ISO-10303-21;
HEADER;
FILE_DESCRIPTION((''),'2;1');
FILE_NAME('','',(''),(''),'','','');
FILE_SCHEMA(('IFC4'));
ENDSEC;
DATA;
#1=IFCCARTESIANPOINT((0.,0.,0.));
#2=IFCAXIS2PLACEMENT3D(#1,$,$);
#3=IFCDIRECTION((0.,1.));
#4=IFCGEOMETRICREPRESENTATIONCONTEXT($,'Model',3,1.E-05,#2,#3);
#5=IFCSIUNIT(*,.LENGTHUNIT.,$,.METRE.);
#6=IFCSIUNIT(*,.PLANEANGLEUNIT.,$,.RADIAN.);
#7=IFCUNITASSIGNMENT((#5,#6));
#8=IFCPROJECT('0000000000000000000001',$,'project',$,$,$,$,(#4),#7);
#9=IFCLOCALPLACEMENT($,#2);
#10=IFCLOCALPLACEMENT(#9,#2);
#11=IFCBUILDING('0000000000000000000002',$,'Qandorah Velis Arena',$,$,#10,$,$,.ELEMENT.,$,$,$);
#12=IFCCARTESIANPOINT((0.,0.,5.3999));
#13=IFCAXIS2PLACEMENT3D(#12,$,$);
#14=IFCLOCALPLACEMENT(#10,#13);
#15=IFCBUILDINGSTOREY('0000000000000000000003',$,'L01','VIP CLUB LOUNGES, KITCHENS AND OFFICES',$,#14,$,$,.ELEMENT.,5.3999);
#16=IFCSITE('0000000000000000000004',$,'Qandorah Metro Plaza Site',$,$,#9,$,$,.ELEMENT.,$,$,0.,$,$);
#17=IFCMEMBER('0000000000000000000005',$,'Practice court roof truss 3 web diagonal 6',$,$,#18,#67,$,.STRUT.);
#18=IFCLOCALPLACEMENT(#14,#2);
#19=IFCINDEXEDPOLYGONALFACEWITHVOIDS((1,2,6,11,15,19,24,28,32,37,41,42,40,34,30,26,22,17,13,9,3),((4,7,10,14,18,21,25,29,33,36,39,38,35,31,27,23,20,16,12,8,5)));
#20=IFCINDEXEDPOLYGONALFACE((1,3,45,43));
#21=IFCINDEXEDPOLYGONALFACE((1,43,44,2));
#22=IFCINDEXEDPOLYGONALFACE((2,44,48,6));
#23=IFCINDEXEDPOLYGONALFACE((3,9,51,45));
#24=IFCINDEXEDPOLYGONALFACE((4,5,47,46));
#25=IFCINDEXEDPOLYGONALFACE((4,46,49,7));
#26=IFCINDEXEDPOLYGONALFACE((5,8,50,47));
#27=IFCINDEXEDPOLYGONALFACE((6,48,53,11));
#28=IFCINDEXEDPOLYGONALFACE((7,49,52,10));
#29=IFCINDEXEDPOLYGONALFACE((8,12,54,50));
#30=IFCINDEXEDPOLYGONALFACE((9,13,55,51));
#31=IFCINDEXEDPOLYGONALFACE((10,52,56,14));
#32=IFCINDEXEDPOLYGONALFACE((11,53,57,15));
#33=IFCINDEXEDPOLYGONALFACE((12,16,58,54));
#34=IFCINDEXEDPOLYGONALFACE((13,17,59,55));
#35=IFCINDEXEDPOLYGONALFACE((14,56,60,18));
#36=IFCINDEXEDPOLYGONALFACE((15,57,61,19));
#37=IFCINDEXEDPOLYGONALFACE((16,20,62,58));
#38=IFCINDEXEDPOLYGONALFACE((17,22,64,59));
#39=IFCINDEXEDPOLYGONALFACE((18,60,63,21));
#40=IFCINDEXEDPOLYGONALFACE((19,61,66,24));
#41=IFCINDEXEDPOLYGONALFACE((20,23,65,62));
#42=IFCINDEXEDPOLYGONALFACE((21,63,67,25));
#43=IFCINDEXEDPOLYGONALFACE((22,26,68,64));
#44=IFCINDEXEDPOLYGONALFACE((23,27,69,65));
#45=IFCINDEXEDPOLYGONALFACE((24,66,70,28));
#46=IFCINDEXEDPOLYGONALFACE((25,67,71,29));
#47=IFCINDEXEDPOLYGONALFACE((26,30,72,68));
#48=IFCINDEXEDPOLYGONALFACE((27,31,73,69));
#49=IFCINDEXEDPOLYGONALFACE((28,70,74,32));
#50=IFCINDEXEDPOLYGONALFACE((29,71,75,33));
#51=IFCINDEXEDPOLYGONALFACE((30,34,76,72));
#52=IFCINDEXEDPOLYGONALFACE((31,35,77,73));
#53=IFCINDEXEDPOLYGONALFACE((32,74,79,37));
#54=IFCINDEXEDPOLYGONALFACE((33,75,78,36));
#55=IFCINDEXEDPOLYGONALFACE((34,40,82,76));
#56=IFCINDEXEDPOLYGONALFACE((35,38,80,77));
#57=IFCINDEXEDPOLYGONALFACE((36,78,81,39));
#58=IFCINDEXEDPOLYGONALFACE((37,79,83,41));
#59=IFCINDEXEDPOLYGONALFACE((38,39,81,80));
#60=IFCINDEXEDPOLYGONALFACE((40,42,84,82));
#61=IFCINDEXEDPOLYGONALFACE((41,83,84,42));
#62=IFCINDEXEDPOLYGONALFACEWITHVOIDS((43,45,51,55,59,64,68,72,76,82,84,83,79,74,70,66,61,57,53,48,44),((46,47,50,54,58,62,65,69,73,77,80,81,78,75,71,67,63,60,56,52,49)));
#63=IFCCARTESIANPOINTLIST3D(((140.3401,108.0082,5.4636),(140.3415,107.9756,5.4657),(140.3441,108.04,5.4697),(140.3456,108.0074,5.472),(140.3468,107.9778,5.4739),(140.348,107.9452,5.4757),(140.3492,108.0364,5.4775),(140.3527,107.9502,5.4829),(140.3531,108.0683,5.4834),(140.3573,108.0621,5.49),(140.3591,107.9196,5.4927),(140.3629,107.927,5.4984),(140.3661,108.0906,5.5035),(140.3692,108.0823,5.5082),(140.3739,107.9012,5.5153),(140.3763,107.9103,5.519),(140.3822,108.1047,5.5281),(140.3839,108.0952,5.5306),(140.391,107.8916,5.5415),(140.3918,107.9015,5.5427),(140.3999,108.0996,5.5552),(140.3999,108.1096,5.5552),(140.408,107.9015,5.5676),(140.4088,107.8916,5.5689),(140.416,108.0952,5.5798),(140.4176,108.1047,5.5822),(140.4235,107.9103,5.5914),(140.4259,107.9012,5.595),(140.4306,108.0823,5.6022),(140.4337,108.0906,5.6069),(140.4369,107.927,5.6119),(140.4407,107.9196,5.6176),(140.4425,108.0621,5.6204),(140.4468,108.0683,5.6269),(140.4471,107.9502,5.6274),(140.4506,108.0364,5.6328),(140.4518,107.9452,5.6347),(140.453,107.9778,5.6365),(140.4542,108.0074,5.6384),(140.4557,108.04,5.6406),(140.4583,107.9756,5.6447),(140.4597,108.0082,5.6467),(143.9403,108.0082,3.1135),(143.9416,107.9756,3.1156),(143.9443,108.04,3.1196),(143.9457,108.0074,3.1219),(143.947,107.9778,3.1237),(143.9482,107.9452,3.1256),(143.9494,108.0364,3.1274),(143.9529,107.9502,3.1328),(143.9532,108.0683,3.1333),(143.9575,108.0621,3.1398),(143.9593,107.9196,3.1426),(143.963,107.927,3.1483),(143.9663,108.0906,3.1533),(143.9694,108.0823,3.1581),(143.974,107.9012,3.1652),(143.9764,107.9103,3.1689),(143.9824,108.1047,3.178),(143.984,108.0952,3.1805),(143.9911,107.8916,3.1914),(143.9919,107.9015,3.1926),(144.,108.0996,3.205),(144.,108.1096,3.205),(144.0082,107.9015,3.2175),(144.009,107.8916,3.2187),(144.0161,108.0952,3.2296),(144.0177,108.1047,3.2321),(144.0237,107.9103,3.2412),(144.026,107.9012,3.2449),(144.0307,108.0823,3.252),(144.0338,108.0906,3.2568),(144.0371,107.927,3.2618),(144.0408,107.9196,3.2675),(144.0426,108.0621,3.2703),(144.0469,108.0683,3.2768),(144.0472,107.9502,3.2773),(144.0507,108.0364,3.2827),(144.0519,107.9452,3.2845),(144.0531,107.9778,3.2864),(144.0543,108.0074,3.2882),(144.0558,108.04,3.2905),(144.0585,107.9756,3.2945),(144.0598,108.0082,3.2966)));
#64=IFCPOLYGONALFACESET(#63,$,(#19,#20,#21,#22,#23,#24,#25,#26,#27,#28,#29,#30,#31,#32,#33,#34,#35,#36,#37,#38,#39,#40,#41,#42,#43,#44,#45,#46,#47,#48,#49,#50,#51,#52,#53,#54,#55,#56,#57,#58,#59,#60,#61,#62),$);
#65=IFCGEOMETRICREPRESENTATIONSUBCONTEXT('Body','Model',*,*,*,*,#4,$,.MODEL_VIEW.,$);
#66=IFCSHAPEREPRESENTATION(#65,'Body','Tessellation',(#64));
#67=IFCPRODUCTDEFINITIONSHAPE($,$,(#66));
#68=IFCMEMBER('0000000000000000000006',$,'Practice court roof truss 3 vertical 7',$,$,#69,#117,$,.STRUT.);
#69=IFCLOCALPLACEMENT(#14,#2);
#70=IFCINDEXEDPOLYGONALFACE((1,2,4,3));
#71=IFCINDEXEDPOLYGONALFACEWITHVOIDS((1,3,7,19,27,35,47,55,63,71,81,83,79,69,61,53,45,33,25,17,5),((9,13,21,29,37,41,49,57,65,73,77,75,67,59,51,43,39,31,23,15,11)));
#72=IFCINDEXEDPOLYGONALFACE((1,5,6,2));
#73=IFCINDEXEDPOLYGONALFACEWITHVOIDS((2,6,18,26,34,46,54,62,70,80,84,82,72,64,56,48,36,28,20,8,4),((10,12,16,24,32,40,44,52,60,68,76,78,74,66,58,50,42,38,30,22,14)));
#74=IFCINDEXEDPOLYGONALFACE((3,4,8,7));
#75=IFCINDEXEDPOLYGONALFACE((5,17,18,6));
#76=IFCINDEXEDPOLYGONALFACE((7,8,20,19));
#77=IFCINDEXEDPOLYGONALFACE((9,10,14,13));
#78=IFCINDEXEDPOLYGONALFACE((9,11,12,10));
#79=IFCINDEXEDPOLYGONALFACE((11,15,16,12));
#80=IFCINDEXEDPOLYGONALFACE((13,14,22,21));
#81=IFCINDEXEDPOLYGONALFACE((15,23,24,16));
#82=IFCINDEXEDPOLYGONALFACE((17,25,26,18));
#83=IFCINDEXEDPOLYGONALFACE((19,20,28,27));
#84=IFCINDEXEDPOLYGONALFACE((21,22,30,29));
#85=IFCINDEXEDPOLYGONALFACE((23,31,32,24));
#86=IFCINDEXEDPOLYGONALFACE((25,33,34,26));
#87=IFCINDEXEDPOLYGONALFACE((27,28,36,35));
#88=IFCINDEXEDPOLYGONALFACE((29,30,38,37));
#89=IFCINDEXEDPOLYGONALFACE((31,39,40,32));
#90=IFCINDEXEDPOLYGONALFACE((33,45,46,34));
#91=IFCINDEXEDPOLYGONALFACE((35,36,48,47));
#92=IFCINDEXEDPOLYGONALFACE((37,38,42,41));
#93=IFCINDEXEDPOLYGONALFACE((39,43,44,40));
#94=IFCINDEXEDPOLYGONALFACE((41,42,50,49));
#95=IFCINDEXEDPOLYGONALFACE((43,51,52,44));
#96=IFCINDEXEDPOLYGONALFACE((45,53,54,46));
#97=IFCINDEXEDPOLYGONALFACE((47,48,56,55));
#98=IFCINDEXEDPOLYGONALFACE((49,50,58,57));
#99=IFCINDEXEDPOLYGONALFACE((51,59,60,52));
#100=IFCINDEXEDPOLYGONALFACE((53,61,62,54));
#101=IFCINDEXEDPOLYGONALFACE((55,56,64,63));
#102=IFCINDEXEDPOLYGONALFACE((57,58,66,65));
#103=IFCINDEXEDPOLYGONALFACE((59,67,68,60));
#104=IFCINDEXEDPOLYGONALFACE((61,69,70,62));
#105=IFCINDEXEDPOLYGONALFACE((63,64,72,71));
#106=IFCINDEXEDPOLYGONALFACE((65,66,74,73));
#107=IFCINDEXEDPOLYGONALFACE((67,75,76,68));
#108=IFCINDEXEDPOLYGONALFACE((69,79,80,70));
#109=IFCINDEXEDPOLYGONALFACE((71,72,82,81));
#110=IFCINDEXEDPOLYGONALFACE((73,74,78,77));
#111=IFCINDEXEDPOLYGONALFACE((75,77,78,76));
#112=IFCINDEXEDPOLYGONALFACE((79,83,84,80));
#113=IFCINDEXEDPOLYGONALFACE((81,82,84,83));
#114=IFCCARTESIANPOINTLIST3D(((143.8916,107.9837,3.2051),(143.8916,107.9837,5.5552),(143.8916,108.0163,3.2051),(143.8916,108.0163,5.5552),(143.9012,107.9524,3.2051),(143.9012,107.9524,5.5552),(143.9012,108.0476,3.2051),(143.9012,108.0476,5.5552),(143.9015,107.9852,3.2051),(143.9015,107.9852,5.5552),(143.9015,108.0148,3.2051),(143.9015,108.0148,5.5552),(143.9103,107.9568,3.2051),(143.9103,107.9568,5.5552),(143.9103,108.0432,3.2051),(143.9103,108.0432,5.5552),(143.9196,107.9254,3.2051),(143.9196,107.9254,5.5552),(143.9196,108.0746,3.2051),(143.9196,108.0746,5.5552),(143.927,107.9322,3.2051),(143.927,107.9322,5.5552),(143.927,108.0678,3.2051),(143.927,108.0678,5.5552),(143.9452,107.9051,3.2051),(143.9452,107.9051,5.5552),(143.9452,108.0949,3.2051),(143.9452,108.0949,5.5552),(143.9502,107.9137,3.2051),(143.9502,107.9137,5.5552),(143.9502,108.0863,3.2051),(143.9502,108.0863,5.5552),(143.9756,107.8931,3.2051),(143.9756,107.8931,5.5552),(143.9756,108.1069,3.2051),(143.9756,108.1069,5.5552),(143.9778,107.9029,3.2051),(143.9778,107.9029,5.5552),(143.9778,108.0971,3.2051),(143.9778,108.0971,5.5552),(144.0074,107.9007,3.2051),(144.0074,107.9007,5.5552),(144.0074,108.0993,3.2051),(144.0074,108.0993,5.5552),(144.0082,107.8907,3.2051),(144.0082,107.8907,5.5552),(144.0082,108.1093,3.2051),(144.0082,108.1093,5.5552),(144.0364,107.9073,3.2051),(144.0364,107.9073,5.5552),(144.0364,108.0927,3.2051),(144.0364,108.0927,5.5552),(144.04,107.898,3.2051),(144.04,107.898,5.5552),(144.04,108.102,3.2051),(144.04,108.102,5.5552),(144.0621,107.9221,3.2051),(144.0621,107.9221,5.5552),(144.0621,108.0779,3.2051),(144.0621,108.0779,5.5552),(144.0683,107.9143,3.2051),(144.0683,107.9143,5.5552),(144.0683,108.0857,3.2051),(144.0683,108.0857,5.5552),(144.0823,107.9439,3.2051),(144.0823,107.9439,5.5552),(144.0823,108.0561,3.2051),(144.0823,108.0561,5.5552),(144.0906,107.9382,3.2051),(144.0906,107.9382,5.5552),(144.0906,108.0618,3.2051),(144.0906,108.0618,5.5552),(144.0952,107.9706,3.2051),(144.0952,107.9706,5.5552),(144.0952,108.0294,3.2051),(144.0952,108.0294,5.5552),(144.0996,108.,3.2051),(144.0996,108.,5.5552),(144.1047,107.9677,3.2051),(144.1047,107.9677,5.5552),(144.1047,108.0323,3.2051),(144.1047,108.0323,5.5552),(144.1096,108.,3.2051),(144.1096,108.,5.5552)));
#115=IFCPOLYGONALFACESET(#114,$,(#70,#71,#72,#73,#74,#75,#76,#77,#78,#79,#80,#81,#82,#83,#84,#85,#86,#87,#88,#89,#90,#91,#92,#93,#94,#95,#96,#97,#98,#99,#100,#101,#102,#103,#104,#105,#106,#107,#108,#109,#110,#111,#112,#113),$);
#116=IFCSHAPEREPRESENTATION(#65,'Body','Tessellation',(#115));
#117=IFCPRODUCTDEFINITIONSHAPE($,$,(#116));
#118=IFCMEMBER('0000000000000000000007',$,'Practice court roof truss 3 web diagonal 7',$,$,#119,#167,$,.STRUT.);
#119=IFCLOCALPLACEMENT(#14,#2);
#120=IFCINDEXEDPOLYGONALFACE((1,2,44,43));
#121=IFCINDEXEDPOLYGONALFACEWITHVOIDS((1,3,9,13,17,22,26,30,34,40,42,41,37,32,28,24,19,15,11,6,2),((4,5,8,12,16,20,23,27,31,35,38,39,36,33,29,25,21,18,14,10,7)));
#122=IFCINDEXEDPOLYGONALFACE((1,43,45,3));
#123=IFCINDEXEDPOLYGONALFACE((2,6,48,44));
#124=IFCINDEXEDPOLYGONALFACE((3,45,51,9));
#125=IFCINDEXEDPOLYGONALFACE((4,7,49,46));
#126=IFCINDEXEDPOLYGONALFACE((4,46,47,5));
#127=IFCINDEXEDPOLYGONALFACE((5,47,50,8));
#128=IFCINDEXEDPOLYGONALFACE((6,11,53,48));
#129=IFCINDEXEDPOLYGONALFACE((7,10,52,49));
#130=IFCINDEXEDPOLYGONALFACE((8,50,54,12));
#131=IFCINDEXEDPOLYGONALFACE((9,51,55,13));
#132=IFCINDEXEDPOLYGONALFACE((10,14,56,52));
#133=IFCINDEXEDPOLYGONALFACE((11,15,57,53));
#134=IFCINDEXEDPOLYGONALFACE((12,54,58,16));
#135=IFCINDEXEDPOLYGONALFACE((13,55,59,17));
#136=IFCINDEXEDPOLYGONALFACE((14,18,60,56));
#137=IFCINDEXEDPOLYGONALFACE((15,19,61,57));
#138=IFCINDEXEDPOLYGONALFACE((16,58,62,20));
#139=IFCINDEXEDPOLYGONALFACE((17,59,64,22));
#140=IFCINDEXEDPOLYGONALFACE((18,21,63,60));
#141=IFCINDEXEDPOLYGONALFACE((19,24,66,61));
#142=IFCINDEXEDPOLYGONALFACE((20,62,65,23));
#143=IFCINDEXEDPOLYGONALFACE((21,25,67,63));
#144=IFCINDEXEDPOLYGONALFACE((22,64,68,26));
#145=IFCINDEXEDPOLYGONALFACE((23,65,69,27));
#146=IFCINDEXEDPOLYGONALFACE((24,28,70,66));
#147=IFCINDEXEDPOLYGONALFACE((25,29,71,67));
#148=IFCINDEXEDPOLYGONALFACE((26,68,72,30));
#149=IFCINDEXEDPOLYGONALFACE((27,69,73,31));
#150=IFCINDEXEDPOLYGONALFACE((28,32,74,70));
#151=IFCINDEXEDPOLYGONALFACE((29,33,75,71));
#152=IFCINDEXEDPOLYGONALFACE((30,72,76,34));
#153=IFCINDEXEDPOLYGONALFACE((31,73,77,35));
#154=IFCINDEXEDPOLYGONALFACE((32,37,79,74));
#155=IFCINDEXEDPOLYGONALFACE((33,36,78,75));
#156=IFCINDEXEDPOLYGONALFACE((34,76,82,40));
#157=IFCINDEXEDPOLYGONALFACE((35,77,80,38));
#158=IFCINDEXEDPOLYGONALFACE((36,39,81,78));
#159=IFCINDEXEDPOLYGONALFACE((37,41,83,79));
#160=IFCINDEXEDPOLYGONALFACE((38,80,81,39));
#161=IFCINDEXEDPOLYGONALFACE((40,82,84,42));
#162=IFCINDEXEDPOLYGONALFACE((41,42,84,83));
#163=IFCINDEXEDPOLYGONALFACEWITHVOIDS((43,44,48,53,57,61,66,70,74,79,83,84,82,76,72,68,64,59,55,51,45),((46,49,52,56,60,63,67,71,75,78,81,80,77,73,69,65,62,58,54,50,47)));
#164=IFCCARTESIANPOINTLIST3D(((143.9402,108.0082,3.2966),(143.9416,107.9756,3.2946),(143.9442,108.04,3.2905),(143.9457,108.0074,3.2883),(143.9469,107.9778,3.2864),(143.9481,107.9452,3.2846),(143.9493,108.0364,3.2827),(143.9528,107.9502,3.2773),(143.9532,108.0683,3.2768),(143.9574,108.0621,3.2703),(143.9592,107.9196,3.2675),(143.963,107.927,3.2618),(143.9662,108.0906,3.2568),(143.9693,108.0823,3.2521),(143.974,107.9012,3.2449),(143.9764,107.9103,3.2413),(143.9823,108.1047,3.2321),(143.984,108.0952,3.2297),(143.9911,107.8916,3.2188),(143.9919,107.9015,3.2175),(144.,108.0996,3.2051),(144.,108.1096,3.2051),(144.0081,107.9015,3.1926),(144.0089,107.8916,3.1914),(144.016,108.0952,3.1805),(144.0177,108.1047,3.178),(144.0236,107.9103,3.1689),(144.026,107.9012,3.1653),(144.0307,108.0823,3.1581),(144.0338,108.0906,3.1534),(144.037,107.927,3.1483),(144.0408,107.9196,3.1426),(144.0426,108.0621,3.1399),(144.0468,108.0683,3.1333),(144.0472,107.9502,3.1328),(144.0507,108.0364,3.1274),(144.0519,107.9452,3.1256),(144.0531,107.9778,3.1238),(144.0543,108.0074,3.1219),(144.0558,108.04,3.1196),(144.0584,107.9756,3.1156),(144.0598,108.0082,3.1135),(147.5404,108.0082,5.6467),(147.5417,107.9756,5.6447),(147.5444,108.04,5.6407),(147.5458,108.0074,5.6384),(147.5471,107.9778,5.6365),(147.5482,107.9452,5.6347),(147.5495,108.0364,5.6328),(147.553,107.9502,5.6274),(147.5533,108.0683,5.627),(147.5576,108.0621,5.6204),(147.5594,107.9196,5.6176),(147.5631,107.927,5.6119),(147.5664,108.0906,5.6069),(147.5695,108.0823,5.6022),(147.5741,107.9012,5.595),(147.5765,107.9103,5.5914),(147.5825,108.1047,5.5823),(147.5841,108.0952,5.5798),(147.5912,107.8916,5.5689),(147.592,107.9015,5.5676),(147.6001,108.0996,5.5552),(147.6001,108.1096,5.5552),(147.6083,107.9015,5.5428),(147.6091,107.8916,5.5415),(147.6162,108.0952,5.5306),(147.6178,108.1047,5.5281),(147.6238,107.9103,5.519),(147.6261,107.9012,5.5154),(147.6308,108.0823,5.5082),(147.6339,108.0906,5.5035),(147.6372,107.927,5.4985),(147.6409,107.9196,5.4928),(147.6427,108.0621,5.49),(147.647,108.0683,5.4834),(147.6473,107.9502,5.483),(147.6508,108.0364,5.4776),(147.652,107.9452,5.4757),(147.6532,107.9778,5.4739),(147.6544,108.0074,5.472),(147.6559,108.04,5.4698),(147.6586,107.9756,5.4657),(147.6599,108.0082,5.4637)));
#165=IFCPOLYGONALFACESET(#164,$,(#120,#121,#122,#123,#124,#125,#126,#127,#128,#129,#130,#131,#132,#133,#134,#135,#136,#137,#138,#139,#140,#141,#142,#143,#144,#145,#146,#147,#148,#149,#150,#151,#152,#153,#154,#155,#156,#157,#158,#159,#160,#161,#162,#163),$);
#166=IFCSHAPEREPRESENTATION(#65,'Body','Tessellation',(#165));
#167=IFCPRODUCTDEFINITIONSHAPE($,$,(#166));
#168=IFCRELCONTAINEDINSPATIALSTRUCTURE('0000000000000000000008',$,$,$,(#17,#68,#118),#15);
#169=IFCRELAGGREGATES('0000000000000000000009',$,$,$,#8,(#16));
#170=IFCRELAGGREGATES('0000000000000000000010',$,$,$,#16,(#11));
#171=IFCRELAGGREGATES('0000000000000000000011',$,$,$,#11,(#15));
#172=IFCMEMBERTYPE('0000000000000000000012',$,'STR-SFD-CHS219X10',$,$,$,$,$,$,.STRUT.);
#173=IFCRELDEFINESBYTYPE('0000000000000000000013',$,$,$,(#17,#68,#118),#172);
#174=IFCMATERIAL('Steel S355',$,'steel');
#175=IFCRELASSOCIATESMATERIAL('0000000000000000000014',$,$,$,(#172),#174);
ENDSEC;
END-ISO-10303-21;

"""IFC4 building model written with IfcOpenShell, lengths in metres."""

from ifc_helpers import new_model, si_unit, direction, frame, origin, origin_2d, place, context, subcontext, project, spatial, hollow_circle, extrude, material, material_profile, profile_set, type_object, element, save


model = new_model("IFC4")

# Units and contexts
model_context = context("Model", 3, precision=1e-05, world=origin(), true_north=direction((0.0, 1.0)))
body_context = subcontext(model_context, "Body", "Model", "MODEL_VIEW")
ifc_project = project(units=[si_unit("LENGTHUNIT", "METRE"), si_unit("PLANEANGLEUNIT", "RADIAN")], contexts=[model_context])

# Site, building, storey
site_placement = place(None, origin())
site = spatial("IfcSite", under=ifc_project, at=site_placement, Name="Qandorah Metro Plaza Site", CompositionType="ELEMENT", RefElevation=0.0)
building_placement = place(site_placement, origin())
building = spatial("IfcBuilding", under=site, at=building_placement, Name="Qandorah Velis Arena", CompositionType="ELEMENT")
storey_placement = place(building_placement, frame((0.0, 0.0, 5.3999)))
storey = spatial("IfcBuildingStorey", under=building, at=storey_placement, Name="L01", Description="VIP CLUB LOUNGES, KITCHENS AND OFFICES", CompositionType="ELEMENT", Elevation=5.3999)

# Members
ifc_material = material(Name="Steel S355", Category="steel")
ifc_material_profile = material_profile(ifc_material, hollow_circle(Radius=0.1096, WallThickness=0.01, at=origin_2d()), Name="CHS 219.1x10")
ifc_profile_set = profile_set([ifc_material_profile], Name="Steel S355")
member_type = type_object("IfcMemberType", Name="STR-SFD-CHS219X10", PredefinedType="STRUT", material=ifc_profile_set)
member_1_placement = place(storey_placement, frame((140.3999, 108.0, 5.5552), z_axis=(0.837376, 0.0, -0.546628), x_axis=(0.0, 1.0, 0.0)))
element("IfcMember", 1, at=member_1_placement, inside=storey, type_object=member_type, Name="Practice court roof truss 3 web diagonal 6", PredefinedType="STRUT", context=body_context, shape_type="SweptSolid", body=[
    extrude(hollow_circle(Radius=0.1096, WallThickness=0.01, at=origin_2d()), origin(), (0.0, 0.0, 1.0), 4.2993),
])
member_2_placement = place(storey_placement, frame((144.0, 108.0, 3.2051), z_axis=(0.0, 0.0, 1.0), x_axis=(1.0, 0.0, 0.0)))
element("IfcMember", 2, at=member_2_placement, inside=storey, type_object=member_type, Name="Practice court roof truss 3 vertical 7", PredefinedType="STRUT", context=body_context, shape_type="SweptSolid", body=[
    extrude(hollow_circle(Radius=0.1096, WallThickness=0.01, at=origin_2d()), origin(), (0.0, 0.0, 1.0), 2.3501),
])
member_3_placement = place(storey_placement, frame((144.0, 108.0, 3.2051), z_axis=(0.837376, 0.0, 0.546628), x_axis=(0.0, 1.0, 0.0)))
element("IfcMember", 3, at=member_3_placement, inside=storey, type_object=member_type, Name="Practice court roof truss 3 web diagonal 7", PredefinedType="STRUT", context=body_context, shape_type="SweptSolid", body=[
    extrude(hollow_circle(Radius=0.1096, WallThickness=0.01, at=origin_2d()), origin(), (0.0, 0.0, 1.0), 4.2993),
])

save(model, "model.ifc")
